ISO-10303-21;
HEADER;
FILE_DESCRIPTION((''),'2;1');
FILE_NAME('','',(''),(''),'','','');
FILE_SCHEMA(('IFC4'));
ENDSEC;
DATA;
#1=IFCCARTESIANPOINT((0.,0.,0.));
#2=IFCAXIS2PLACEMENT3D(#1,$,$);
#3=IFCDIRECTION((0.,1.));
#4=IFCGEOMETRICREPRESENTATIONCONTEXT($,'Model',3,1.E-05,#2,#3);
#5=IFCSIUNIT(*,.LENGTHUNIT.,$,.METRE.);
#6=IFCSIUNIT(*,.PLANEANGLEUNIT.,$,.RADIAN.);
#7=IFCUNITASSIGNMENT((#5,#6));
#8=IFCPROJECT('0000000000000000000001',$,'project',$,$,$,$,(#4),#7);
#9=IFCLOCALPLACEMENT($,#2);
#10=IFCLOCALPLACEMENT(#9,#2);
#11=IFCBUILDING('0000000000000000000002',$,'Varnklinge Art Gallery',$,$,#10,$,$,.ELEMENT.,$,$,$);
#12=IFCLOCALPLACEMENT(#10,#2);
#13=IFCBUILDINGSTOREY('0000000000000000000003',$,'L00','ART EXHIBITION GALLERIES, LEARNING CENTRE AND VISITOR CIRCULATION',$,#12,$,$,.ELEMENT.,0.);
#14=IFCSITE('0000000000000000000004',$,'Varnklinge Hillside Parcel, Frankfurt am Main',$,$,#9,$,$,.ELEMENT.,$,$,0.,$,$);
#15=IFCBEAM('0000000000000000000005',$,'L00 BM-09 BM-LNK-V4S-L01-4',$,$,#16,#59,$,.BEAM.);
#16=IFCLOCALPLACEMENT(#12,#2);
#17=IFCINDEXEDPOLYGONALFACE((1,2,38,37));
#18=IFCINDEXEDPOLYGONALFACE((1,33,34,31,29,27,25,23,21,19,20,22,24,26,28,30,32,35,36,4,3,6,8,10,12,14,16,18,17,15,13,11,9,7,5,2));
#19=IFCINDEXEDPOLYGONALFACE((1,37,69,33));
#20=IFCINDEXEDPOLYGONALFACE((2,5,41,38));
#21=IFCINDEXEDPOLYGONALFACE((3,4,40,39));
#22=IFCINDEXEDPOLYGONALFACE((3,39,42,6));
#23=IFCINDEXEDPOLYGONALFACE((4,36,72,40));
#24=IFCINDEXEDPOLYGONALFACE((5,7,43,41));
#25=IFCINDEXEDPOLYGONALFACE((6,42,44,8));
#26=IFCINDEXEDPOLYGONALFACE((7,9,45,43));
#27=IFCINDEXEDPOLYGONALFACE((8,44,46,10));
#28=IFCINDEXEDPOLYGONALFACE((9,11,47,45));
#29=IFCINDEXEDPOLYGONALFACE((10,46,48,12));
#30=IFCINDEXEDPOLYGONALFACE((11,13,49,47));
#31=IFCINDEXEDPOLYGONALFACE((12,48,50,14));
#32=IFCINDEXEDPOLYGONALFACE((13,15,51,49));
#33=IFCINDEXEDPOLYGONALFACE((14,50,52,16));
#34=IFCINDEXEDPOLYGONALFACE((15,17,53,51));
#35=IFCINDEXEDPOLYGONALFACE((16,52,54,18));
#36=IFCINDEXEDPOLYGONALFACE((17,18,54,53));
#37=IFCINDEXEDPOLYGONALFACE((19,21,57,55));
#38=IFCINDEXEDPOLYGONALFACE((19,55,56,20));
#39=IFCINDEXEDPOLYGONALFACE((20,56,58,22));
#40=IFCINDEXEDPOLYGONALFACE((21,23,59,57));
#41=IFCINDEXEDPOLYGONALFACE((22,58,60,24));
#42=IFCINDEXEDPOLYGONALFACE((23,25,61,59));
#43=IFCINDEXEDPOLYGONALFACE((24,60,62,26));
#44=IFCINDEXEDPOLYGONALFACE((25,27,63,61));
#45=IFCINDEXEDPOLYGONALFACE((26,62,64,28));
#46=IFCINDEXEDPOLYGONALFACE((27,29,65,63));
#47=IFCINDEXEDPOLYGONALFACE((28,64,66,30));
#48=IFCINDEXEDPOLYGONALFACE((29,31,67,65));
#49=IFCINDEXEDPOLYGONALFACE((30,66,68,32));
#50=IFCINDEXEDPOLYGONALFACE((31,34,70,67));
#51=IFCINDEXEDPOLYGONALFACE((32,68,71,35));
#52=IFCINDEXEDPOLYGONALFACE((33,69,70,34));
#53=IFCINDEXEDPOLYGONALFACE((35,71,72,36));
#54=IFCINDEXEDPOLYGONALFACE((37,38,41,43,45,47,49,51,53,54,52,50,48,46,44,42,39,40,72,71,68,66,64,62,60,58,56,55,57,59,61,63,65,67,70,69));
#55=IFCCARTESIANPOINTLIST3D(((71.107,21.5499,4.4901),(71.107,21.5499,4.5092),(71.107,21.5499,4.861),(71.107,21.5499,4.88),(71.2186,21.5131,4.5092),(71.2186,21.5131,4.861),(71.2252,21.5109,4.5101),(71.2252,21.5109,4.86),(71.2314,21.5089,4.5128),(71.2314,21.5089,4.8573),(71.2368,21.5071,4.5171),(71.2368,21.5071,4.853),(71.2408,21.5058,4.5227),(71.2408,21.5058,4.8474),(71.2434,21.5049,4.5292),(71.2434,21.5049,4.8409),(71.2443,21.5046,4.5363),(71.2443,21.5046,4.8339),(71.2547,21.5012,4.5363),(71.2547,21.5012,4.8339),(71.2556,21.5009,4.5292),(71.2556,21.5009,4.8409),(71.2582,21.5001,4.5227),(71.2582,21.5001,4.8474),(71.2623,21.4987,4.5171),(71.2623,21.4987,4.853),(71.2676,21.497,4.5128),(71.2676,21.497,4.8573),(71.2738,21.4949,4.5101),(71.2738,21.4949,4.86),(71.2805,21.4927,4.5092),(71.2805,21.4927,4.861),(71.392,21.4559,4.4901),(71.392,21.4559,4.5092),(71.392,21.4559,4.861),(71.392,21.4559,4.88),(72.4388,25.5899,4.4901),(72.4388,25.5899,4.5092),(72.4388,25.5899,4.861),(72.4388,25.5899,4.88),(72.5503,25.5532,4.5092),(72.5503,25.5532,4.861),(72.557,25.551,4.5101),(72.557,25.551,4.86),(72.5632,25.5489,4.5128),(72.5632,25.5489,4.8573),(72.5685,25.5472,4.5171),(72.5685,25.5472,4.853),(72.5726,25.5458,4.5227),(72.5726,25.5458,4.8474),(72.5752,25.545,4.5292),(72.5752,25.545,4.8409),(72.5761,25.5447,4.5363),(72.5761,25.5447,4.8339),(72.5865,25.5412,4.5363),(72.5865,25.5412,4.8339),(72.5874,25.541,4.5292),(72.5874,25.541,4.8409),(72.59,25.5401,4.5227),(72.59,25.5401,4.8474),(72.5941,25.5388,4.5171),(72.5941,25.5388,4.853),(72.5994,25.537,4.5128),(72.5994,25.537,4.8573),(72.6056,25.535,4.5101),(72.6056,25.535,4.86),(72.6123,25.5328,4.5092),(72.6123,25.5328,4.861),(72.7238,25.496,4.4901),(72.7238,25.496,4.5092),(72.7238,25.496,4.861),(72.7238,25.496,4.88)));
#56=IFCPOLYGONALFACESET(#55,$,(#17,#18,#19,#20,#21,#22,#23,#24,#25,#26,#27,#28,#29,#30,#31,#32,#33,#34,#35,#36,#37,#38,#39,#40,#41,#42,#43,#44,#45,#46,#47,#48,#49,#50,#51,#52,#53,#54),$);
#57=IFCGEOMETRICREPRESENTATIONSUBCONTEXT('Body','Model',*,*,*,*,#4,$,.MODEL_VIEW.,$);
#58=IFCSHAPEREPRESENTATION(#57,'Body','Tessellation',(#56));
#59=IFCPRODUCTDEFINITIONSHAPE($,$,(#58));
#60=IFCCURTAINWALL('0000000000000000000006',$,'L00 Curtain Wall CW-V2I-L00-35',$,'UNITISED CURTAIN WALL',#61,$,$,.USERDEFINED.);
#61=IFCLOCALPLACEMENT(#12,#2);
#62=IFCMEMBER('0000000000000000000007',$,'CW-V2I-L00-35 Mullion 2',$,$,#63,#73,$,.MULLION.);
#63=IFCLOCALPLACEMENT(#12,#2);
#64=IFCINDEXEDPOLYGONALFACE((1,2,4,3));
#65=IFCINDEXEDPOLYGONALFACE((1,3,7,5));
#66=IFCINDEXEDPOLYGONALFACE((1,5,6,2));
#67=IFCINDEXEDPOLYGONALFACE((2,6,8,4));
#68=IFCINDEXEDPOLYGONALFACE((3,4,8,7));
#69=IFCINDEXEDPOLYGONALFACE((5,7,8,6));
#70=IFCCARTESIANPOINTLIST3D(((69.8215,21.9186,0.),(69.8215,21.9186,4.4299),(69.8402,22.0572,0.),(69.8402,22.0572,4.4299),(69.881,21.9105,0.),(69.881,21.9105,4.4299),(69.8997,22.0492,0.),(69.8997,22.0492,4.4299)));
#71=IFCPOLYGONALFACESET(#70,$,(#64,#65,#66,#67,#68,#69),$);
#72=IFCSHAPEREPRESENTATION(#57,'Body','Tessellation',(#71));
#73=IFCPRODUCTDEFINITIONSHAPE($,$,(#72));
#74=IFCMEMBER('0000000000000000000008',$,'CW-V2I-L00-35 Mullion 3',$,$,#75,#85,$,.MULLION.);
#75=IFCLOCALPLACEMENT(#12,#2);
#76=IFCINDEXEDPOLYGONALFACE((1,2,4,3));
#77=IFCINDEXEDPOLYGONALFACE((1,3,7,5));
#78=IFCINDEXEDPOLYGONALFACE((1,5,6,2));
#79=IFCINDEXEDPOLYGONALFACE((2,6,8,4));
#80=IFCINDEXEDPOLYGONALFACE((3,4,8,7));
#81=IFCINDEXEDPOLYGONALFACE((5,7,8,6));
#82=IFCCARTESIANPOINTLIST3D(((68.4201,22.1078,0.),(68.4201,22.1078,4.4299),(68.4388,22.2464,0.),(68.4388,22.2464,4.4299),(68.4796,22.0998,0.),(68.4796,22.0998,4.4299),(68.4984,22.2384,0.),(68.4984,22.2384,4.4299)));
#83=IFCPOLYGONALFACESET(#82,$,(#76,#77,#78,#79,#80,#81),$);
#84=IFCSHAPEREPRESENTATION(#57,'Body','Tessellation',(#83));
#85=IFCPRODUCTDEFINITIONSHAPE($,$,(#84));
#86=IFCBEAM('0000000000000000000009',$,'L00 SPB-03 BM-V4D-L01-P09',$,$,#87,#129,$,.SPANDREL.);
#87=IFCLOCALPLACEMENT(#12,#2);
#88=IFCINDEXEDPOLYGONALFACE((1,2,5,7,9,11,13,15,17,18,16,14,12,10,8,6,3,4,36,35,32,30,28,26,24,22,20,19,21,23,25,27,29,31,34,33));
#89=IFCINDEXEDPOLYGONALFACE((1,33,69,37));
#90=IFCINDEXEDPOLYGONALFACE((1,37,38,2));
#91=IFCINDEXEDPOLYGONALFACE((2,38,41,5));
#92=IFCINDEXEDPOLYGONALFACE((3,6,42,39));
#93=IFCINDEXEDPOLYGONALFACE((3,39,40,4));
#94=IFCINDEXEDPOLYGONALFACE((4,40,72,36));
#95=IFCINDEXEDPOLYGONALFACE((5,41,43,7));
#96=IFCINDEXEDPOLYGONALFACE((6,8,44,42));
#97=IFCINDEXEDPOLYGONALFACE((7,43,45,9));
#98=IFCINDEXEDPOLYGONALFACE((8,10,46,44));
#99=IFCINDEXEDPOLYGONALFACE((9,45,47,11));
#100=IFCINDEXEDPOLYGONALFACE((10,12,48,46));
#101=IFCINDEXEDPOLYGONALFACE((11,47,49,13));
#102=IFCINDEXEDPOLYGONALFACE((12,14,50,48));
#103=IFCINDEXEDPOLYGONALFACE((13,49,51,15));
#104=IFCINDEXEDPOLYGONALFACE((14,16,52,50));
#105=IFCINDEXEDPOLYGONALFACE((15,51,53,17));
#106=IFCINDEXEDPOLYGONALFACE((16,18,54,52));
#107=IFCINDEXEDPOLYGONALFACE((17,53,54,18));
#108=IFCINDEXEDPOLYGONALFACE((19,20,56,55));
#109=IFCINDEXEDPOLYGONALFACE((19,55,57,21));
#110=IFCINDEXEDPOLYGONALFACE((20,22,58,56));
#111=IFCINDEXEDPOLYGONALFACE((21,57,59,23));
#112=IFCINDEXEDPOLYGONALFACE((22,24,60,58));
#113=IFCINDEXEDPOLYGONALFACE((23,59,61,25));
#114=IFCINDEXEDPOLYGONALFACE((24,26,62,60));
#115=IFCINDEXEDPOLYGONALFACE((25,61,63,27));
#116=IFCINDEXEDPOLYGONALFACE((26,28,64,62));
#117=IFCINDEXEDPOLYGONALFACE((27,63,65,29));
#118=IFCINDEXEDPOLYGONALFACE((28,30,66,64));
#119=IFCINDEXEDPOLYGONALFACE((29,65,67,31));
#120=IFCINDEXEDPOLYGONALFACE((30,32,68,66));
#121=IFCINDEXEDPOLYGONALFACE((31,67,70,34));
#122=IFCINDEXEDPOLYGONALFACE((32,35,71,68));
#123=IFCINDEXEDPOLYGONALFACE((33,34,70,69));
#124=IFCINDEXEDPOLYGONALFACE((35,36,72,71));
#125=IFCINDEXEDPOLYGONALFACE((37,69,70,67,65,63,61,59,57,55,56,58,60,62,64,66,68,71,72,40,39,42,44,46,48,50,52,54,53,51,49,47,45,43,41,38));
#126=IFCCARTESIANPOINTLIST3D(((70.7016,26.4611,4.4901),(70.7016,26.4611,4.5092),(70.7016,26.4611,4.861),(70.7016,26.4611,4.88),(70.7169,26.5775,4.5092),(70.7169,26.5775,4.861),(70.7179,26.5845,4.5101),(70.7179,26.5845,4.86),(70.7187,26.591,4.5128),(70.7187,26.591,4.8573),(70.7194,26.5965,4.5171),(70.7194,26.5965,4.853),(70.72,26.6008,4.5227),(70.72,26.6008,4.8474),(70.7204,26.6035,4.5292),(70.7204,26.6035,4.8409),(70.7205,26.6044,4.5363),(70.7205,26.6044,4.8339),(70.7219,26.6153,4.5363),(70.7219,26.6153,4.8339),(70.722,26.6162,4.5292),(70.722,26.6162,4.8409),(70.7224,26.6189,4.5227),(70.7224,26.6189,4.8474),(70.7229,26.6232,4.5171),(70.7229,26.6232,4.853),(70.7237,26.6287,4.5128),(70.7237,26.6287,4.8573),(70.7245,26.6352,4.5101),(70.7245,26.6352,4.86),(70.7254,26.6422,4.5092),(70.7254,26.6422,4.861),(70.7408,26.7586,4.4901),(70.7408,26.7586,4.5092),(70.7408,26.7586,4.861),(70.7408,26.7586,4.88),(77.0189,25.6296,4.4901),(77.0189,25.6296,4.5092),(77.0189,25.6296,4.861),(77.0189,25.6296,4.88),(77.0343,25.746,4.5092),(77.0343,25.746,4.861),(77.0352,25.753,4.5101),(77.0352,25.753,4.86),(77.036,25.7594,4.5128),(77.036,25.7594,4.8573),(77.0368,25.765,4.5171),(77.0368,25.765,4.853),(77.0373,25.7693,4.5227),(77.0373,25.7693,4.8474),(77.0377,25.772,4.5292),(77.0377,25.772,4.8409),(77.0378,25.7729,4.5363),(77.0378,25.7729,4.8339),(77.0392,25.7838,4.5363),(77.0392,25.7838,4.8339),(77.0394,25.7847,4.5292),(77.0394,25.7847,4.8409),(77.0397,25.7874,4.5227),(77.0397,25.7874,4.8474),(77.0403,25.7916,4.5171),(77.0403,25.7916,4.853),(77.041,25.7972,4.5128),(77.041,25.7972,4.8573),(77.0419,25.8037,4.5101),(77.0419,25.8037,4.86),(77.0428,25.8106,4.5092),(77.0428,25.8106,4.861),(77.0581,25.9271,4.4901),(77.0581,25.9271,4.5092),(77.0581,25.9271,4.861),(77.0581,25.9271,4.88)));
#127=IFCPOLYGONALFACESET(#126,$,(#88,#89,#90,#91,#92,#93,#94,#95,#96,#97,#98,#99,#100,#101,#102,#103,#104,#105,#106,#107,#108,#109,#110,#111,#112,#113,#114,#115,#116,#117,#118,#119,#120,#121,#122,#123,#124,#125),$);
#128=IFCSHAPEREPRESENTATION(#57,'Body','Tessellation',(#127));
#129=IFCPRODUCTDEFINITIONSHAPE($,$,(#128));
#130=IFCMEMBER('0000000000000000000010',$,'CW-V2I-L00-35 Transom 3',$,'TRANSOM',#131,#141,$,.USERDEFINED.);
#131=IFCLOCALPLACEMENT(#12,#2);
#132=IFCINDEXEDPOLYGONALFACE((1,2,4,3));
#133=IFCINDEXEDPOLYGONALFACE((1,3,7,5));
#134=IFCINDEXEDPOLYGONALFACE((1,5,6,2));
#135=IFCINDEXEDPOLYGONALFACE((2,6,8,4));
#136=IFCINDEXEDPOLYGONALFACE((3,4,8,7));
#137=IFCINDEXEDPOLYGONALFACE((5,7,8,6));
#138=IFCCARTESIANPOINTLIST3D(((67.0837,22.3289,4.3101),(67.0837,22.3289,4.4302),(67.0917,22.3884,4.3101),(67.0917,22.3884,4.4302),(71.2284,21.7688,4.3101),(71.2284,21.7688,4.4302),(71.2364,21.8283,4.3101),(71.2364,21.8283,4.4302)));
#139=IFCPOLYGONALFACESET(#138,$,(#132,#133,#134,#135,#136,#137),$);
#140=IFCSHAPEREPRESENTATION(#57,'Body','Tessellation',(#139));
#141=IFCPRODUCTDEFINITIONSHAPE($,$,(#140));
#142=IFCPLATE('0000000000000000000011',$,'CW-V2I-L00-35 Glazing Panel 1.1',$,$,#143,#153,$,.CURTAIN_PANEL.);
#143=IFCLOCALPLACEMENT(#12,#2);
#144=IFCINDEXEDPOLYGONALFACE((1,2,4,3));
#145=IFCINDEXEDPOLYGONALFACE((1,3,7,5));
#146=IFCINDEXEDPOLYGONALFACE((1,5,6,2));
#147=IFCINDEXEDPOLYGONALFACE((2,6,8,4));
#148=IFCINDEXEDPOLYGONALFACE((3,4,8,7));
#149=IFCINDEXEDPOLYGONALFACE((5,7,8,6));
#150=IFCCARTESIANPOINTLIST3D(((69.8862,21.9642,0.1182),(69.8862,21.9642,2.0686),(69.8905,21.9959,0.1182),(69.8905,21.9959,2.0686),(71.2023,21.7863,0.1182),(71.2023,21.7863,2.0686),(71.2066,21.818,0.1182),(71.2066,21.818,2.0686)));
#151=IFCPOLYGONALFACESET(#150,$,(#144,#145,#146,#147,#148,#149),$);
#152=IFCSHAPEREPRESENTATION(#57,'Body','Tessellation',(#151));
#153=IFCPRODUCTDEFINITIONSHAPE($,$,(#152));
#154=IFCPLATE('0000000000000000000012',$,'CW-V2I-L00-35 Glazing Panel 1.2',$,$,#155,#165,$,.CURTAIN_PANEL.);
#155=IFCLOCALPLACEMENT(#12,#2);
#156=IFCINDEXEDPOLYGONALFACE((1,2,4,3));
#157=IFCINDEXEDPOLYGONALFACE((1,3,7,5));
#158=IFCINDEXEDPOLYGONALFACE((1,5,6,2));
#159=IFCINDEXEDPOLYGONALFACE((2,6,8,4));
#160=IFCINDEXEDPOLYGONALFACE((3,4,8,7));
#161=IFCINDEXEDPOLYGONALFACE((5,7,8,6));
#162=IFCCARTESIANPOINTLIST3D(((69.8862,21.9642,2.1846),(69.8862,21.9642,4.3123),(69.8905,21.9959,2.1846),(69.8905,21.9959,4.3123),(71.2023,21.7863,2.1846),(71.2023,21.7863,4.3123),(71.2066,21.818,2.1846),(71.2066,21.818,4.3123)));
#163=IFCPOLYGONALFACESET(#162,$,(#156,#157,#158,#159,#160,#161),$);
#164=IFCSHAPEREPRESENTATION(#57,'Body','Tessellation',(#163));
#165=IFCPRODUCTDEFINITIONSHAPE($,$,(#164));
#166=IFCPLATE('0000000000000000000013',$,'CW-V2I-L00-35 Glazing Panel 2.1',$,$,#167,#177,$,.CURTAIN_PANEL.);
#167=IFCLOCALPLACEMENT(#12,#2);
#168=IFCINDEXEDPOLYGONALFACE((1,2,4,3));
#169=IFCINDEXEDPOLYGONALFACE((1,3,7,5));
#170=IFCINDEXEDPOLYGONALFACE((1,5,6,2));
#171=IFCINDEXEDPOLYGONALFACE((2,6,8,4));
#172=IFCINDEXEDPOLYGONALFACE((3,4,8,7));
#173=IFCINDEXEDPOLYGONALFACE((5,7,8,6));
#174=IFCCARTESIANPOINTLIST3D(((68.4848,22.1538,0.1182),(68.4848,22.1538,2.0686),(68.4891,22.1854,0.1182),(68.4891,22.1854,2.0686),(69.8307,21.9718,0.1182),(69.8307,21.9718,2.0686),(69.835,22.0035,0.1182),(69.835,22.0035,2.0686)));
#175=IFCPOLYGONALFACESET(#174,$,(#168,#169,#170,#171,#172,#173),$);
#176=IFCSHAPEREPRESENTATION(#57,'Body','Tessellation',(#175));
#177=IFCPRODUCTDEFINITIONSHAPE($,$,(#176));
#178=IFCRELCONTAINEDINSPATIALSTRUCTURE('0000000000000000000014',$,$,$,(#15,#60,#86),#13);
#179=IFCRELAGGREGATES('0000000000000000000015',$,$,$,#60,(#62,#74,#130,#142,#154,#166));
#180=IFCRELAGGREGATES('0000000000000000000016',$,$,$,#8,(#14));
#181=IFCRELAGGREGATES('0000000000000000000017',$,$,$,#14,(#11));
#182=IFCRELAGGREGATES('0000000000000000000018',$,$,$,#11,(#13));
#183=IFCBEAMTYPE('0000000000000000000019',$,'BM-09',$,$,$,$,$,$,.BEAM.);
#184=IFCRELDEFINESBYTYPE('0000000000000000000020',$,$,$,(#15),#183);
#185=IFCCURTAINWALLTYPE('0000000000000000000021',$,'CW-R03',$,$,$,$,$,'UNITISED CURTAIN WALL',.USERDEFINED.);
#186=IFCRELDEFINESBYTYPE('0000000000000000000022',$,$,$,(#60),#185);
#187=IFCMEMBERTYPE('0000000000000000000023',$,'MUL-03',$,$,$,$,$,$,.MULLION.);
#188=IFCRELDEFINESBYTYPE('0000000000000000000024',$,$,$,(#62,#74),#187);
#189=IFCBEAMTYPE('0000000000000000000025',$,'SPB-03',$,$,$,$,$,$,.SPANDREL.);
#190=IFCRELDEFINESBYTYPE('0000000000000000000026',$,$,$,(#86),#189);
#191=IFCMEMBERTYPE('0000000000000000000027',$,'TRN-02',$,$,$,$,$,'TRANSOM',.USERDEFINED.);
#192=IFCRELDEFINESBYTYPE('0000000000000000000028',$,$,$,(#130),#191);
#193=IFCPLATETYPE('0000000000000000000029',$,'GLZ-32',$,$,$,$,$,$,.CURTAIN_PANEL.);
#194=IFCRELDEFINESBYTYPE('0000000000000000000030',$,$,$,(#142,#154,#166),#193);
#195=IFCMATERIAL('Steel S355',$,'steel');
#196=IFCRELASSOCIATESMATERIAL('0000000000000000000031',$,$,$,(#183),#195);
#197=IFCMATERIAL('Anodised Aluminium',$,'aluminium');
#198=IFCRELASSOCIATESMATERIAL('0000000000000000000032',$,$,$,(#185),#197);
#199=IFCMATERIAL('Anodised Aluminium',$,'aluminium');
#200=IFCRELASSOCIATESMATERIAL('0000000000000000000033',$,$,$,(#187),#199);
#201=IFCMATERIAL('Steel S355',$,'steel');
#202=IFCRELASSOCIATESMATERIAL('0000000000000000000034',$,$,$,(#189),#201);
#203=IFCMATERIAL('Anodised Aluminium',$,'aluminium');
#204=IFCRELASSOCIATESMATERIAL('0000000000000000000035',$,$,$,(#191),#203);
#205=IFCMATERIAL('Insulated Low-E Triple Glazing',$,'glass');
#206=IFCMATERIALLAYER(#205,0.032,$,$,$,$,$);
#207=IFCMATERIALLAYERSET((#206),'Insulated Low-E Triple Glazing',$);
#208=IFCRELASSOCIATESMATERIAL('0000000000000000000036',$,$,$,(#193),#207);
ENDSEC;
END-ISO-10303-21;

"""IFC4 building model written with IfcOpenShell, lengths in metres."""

from ifc_helpers import new_model, si_unit, direction, frame, origin, origin_2d, place, context, subcontext, project, spatial, rectangle, i_section, extrude, material, layer, layer_set, material_profile, profile_set, type_object, element, aggregate, save


model = new_model("IFC4")

# Units and contexts
model_context = context("Model", 3, precision=1e-05, world=origin(), true_north=direction((0.0, 1.0)))
body_context = subcontext(model_context, "Body", "Model", "MODEL_VIEW")
ifc_project = project(units=[si_unit("LENGTHUNIT", "METRE"), si_unit("PLANEANGLEUNIT", "RADIAN")], contexts=[model_context])

# Site, building, storey
site_placement = place(None, origin())
site = spatial("IfcSite", under=ifc_project, at=site_placement, Name="Varnklinge Hillside Parcel, Frankfurt am Main", CompositionType="ELEMENT", RefElevation=0.0)
building_placement = place(site_placement, origin())
building = spatial("IfcBuilding", under=site, at=building_placement, Name="Varnklinge Art Gallery", CompositionType="ELEMENT")
storey_placement = place(building_placement, origin())
storey = spatial("IfcBuildingStorey", under=building, at=storey_placement, Name="L00", Description="ART EXHIBITION GALLERIES, LEARNING CENTRE AND VISITOR CIRCULATION", CompositionType="ELEMENT", Elevation=0.0)

# Beam
ifc_material_1 = material(Name="Steel S355", Category="steel")
ifc_material_profile_1 = material_profile(ifc_material_1, i_section(OverallWidth=0.3, OverallDepth=0.3899, WebThickness=0.011, FlangeThickness=0.019, FilletRadius=0.0271, at=origin_2d()), Name="HEA 400")
ifc_profile_set_1 = profile_set([ifc_material_profile_1], Name="Steel S355")
beam_type_1 = type_object("IfcBeamType", Name="BM-09", PredefinedType="BEAM", material=ifc_profile_set_1)
beam_1_placement = place(storey_placement, frame((72.5813, 25.543, 4.6851), z_axis=(-0.313075, -0.949728, 0.0), x_axis=(0.949728, -0.313075, 0.0)))
element("IfcBeam", 1, at=beam_1_placement, inside=storey, type_object=beam_type_1, Name="L00 BM-09 BM-LNK-V4S-L01-4", PredefinedType="BEAM", context=body_context, shape_type="SweptSolid", body=[
    extrude(i_section(OverallWidth=0.3, OverallDepth=0.3899, WebThickness=0.011, FlangeThickness=0.019, FilletRadius=0.0271, at=origin_2d()), origin(), (0.0, 0.0, 1.0), 4.2539),
])

# Curtain wall, members
ifc_material_2 = material(Name="Anodised Aluminium", Category="aluminium")
curtain_wall_type = type_object("IfcCurtainWallType", Name="CW-R03", ElementType="UNITISED CURTAIN WALL", PredefinedType="USERDEFINED", material=ifc_material_2)
curtain_wall_placement = place(storey_placement, origin())
curtain_wall = element("IfcCurtainWall", 2, at=curtain_wall_placement, inside=storey, type_object=curtain_wall_type, Name="L00 Curtain Wall CW-V2I-L00-35", ObjectType="UNITISED CURTAIN WALL", PredefinedType="USERDEFINED")
ifc_material_3 = material(Name="Anodised Aluminium", Category="aluminium")
ifc_material_profile_2 = material_profile(ifc_material_3, rectangle(XDim=0.0601, YDim=0.1399, at=origin_2d()), Name="ALU 60x140")
ifc_profile_set_2 = profile_set([ifc_material_profile_2], Name="Anodised Aluminium")
member_type_1 = type_object("IfcMemberType", Name="MUL-03", PredefinedType="MULLION", material=ifc_profile_set_2)
member_1_placement = place(storey_placement, frame((69.8606, 21.9839, 0.0), z_axis=(0.0, 0.0, 1.0), x_axis=(-0.990983, 0.133986, 0.0)))
member_1 = element("IfcMember", 3, at=member_1_placement, type_object=member_type_1, Name="CW-V2I-L00-35 Mullion 2", PredefinedType="MULLION", context=body_context, shape_type="SweptSolid", body=[
    extrude(rectangle(XDim=0.0601, YDim=0.1399, at=origin_2d()), origin(), (0.0, 0.0, 1.0), 4.4299),
])
member_2_placement = place(storey_placement, frame((68.4592, 22.1731, 0.0), z_axis=(0.0, 0.0, 1.0), x_axis=(-0.990983, 0.133986, 0.0)))
member_2 = element("IfcMember", 4, at=member_2_placement, type_object=member_type_1, Name="CW-V2I-L00-35 Mullion 3", PredefinedType="MULLION", context=body_context, shape_type="SweptSolid", body=[
    extrude(rectangle(XDim=0.0601, YDim=0.1399, at=origin_2d()), origin(), (0.0, 0.0, 1.0), 4.4299),
])

# Beam
ifc_material_4 = material(Name="Steel S355", Category="steel")
ifc_material_profile_3 = material_profile(ifc_material_4, i_section(OverallWidth=0.3, OverallDepth=0.3899, WebThickness=0.011, FlangeThickness=0.019, FilletRadius=0.0271, at=origin_2d()), Name="HEA 400")
ifc_profile_set_3 = profile_set([ifc_material_profile_3], Name="Steel S355")
beam_type_2 = type_object("IfcBeamType", Name="SPB-03", PredefinedType="SPANDREL", material=ifc_profile_set_3)
beam_2_placement = place(storey_placement, frame((70.7212, 26.6099, 4.6851), z_axis=(0.991448, -0.130502, 0.0), x_axis=(0.130502, 0.991448, 0.0)))
element("IfcBeam", 5, at=beam_2_placement, inside=storey, type_object=beam_type_2, Name="L00 SPB-03 BM-V4D-L01-P09", PredefinedType="SPANDREL", context=body_context, shape_type="SweptSolid", body=[
    extrude(i_section(OverallWidth=0.3, OverallDepth=0.3899, WebThickness=0.011, FlangeThickness=0.019, FilletRadius=0.0271, at=origin_2d()), origin(), (0.0, 0.0, 1.0), 6.3718),
])

# Member
ifc_material_5 = material(Name="Anodised Aluminium", Category="aluminium")
ifc_material_profile_4 = material_profile(ifc_material_5, rectangle(XDim=0.0601, YDim=0.1201, at=origin_2d()), Name="ALU 60x120")
ifc_profile_set_4 = profile_set([ifc_material_profile_4], Name="Anodised Aluminium")
member_type_2 = type_object("IfcMemberType", Name="TRN-02", ElementType="TRANSOM", PredefinedType="USERDEFINED", material=ifc_profile_set_4)
member_3_placement = place(storey_placement, frame((71.2324, 21.7986, 4.3701), z_axis=(-0.990994, 0.133907, 0.0), x_axis=(-0.133907, -0.990994, 0.0)))
member_3 = element("IfcMember", 6, at=member_3_placement, type_object=member_type_2, Name="CW-V2I-L00-35 Transom 3", ObjectType="TRANSOM", PredefinedType="USERDEFINED", context=body_context, shape_type="SweptSolid", body=[
    extrude(rectangle(XDim=0.0601, YDim=0.1201, at=origin_2d()), origin(), (0.0, 0.0, 1.0), 4.1824),
])

# Plates
ifc_material_6 = material(Name="Insulated Low-E Triple Glazing", Category="glass")
ifc_layer_1 = layer(ifc_material_6, 0.032)
ifc_layer_set_1 = layer_set([ifc_layer_1], Name="Insulated Low-E Triple Glazing")
plate_type = type_object("IfcPlateType", Name="GLZ-32", PredefinedType="CURTAIN_PANEL", material=ifc_layer_set_1)
plate_1_placement = place(storey_placement, frame((70.5464, 21.8911, 0.1182), z_axis=(0.0, 0.0, 1.0), x_axis=(-0.990983, 0.133986, 0.0)))
plate_1 = element("IfcPlate", 7, at=plate_1_placement, type_object=plate_type, Name="CW-V2I-L00-35 Glazing Panel 1.1", PredefinedType="CURTAIN_PANEL", context=body_context, shape_type="SweptSolid", body=[
    extrude(rectangle(XDim=1.3281, YDim=0.032, at=origin_2d()), origin(), (0.0, 0.0, 1.0), 1.9504),
])
plate_2_placement = place(storey_placement, frame((70.5464, 21.8911, 2.1846), z_axis=(0.0, 0.0, 1.0), x_axis=(-0.990983, 0.133986, 0.0)))
plate_2 = element("IfcPlate", 8, at=plate_2_placement, type_object=plate_type, Name="CW-V2I-L00-35 Glazing Panel 1.2", PredefinedType="CURTAIN_PANEL", context=body_context, shape_type="SweptSolid", body=[
    extrude(rectangle(XDim=1.3281, YDim=0.032, at=origin_2d()), origin(), (0.0, 0.0, 1.0), 2.1277),
])
plate_3_placement = place(storey_placement, frame((69.1599, 22.0786, 0.1182), z_axis=(0.0, 0.0, 1.0), x_axis=(-0.990983, 0.133986, 0.0)))
plate_3 = element("IfcPlate", 9, at=plate_3_placement, type_object=plate_type, Name="CW-V2I-L00-35 Glazing Panel 2.1", PredefinedType="CURTAIN_PANEL", context=body_context, shape_type="SweptSolid", body=[
    extrude(rectangle(XDim=1.3582, YDim=0.032, at=origin_2d()), origin(), (0.0, 0.0, 1.0), 1.9504),
])
aggregate(curtain_wall, [member_1, member_2, member_3, plate_1, plate_2, plate_3])

save(model, "model.ifc")
